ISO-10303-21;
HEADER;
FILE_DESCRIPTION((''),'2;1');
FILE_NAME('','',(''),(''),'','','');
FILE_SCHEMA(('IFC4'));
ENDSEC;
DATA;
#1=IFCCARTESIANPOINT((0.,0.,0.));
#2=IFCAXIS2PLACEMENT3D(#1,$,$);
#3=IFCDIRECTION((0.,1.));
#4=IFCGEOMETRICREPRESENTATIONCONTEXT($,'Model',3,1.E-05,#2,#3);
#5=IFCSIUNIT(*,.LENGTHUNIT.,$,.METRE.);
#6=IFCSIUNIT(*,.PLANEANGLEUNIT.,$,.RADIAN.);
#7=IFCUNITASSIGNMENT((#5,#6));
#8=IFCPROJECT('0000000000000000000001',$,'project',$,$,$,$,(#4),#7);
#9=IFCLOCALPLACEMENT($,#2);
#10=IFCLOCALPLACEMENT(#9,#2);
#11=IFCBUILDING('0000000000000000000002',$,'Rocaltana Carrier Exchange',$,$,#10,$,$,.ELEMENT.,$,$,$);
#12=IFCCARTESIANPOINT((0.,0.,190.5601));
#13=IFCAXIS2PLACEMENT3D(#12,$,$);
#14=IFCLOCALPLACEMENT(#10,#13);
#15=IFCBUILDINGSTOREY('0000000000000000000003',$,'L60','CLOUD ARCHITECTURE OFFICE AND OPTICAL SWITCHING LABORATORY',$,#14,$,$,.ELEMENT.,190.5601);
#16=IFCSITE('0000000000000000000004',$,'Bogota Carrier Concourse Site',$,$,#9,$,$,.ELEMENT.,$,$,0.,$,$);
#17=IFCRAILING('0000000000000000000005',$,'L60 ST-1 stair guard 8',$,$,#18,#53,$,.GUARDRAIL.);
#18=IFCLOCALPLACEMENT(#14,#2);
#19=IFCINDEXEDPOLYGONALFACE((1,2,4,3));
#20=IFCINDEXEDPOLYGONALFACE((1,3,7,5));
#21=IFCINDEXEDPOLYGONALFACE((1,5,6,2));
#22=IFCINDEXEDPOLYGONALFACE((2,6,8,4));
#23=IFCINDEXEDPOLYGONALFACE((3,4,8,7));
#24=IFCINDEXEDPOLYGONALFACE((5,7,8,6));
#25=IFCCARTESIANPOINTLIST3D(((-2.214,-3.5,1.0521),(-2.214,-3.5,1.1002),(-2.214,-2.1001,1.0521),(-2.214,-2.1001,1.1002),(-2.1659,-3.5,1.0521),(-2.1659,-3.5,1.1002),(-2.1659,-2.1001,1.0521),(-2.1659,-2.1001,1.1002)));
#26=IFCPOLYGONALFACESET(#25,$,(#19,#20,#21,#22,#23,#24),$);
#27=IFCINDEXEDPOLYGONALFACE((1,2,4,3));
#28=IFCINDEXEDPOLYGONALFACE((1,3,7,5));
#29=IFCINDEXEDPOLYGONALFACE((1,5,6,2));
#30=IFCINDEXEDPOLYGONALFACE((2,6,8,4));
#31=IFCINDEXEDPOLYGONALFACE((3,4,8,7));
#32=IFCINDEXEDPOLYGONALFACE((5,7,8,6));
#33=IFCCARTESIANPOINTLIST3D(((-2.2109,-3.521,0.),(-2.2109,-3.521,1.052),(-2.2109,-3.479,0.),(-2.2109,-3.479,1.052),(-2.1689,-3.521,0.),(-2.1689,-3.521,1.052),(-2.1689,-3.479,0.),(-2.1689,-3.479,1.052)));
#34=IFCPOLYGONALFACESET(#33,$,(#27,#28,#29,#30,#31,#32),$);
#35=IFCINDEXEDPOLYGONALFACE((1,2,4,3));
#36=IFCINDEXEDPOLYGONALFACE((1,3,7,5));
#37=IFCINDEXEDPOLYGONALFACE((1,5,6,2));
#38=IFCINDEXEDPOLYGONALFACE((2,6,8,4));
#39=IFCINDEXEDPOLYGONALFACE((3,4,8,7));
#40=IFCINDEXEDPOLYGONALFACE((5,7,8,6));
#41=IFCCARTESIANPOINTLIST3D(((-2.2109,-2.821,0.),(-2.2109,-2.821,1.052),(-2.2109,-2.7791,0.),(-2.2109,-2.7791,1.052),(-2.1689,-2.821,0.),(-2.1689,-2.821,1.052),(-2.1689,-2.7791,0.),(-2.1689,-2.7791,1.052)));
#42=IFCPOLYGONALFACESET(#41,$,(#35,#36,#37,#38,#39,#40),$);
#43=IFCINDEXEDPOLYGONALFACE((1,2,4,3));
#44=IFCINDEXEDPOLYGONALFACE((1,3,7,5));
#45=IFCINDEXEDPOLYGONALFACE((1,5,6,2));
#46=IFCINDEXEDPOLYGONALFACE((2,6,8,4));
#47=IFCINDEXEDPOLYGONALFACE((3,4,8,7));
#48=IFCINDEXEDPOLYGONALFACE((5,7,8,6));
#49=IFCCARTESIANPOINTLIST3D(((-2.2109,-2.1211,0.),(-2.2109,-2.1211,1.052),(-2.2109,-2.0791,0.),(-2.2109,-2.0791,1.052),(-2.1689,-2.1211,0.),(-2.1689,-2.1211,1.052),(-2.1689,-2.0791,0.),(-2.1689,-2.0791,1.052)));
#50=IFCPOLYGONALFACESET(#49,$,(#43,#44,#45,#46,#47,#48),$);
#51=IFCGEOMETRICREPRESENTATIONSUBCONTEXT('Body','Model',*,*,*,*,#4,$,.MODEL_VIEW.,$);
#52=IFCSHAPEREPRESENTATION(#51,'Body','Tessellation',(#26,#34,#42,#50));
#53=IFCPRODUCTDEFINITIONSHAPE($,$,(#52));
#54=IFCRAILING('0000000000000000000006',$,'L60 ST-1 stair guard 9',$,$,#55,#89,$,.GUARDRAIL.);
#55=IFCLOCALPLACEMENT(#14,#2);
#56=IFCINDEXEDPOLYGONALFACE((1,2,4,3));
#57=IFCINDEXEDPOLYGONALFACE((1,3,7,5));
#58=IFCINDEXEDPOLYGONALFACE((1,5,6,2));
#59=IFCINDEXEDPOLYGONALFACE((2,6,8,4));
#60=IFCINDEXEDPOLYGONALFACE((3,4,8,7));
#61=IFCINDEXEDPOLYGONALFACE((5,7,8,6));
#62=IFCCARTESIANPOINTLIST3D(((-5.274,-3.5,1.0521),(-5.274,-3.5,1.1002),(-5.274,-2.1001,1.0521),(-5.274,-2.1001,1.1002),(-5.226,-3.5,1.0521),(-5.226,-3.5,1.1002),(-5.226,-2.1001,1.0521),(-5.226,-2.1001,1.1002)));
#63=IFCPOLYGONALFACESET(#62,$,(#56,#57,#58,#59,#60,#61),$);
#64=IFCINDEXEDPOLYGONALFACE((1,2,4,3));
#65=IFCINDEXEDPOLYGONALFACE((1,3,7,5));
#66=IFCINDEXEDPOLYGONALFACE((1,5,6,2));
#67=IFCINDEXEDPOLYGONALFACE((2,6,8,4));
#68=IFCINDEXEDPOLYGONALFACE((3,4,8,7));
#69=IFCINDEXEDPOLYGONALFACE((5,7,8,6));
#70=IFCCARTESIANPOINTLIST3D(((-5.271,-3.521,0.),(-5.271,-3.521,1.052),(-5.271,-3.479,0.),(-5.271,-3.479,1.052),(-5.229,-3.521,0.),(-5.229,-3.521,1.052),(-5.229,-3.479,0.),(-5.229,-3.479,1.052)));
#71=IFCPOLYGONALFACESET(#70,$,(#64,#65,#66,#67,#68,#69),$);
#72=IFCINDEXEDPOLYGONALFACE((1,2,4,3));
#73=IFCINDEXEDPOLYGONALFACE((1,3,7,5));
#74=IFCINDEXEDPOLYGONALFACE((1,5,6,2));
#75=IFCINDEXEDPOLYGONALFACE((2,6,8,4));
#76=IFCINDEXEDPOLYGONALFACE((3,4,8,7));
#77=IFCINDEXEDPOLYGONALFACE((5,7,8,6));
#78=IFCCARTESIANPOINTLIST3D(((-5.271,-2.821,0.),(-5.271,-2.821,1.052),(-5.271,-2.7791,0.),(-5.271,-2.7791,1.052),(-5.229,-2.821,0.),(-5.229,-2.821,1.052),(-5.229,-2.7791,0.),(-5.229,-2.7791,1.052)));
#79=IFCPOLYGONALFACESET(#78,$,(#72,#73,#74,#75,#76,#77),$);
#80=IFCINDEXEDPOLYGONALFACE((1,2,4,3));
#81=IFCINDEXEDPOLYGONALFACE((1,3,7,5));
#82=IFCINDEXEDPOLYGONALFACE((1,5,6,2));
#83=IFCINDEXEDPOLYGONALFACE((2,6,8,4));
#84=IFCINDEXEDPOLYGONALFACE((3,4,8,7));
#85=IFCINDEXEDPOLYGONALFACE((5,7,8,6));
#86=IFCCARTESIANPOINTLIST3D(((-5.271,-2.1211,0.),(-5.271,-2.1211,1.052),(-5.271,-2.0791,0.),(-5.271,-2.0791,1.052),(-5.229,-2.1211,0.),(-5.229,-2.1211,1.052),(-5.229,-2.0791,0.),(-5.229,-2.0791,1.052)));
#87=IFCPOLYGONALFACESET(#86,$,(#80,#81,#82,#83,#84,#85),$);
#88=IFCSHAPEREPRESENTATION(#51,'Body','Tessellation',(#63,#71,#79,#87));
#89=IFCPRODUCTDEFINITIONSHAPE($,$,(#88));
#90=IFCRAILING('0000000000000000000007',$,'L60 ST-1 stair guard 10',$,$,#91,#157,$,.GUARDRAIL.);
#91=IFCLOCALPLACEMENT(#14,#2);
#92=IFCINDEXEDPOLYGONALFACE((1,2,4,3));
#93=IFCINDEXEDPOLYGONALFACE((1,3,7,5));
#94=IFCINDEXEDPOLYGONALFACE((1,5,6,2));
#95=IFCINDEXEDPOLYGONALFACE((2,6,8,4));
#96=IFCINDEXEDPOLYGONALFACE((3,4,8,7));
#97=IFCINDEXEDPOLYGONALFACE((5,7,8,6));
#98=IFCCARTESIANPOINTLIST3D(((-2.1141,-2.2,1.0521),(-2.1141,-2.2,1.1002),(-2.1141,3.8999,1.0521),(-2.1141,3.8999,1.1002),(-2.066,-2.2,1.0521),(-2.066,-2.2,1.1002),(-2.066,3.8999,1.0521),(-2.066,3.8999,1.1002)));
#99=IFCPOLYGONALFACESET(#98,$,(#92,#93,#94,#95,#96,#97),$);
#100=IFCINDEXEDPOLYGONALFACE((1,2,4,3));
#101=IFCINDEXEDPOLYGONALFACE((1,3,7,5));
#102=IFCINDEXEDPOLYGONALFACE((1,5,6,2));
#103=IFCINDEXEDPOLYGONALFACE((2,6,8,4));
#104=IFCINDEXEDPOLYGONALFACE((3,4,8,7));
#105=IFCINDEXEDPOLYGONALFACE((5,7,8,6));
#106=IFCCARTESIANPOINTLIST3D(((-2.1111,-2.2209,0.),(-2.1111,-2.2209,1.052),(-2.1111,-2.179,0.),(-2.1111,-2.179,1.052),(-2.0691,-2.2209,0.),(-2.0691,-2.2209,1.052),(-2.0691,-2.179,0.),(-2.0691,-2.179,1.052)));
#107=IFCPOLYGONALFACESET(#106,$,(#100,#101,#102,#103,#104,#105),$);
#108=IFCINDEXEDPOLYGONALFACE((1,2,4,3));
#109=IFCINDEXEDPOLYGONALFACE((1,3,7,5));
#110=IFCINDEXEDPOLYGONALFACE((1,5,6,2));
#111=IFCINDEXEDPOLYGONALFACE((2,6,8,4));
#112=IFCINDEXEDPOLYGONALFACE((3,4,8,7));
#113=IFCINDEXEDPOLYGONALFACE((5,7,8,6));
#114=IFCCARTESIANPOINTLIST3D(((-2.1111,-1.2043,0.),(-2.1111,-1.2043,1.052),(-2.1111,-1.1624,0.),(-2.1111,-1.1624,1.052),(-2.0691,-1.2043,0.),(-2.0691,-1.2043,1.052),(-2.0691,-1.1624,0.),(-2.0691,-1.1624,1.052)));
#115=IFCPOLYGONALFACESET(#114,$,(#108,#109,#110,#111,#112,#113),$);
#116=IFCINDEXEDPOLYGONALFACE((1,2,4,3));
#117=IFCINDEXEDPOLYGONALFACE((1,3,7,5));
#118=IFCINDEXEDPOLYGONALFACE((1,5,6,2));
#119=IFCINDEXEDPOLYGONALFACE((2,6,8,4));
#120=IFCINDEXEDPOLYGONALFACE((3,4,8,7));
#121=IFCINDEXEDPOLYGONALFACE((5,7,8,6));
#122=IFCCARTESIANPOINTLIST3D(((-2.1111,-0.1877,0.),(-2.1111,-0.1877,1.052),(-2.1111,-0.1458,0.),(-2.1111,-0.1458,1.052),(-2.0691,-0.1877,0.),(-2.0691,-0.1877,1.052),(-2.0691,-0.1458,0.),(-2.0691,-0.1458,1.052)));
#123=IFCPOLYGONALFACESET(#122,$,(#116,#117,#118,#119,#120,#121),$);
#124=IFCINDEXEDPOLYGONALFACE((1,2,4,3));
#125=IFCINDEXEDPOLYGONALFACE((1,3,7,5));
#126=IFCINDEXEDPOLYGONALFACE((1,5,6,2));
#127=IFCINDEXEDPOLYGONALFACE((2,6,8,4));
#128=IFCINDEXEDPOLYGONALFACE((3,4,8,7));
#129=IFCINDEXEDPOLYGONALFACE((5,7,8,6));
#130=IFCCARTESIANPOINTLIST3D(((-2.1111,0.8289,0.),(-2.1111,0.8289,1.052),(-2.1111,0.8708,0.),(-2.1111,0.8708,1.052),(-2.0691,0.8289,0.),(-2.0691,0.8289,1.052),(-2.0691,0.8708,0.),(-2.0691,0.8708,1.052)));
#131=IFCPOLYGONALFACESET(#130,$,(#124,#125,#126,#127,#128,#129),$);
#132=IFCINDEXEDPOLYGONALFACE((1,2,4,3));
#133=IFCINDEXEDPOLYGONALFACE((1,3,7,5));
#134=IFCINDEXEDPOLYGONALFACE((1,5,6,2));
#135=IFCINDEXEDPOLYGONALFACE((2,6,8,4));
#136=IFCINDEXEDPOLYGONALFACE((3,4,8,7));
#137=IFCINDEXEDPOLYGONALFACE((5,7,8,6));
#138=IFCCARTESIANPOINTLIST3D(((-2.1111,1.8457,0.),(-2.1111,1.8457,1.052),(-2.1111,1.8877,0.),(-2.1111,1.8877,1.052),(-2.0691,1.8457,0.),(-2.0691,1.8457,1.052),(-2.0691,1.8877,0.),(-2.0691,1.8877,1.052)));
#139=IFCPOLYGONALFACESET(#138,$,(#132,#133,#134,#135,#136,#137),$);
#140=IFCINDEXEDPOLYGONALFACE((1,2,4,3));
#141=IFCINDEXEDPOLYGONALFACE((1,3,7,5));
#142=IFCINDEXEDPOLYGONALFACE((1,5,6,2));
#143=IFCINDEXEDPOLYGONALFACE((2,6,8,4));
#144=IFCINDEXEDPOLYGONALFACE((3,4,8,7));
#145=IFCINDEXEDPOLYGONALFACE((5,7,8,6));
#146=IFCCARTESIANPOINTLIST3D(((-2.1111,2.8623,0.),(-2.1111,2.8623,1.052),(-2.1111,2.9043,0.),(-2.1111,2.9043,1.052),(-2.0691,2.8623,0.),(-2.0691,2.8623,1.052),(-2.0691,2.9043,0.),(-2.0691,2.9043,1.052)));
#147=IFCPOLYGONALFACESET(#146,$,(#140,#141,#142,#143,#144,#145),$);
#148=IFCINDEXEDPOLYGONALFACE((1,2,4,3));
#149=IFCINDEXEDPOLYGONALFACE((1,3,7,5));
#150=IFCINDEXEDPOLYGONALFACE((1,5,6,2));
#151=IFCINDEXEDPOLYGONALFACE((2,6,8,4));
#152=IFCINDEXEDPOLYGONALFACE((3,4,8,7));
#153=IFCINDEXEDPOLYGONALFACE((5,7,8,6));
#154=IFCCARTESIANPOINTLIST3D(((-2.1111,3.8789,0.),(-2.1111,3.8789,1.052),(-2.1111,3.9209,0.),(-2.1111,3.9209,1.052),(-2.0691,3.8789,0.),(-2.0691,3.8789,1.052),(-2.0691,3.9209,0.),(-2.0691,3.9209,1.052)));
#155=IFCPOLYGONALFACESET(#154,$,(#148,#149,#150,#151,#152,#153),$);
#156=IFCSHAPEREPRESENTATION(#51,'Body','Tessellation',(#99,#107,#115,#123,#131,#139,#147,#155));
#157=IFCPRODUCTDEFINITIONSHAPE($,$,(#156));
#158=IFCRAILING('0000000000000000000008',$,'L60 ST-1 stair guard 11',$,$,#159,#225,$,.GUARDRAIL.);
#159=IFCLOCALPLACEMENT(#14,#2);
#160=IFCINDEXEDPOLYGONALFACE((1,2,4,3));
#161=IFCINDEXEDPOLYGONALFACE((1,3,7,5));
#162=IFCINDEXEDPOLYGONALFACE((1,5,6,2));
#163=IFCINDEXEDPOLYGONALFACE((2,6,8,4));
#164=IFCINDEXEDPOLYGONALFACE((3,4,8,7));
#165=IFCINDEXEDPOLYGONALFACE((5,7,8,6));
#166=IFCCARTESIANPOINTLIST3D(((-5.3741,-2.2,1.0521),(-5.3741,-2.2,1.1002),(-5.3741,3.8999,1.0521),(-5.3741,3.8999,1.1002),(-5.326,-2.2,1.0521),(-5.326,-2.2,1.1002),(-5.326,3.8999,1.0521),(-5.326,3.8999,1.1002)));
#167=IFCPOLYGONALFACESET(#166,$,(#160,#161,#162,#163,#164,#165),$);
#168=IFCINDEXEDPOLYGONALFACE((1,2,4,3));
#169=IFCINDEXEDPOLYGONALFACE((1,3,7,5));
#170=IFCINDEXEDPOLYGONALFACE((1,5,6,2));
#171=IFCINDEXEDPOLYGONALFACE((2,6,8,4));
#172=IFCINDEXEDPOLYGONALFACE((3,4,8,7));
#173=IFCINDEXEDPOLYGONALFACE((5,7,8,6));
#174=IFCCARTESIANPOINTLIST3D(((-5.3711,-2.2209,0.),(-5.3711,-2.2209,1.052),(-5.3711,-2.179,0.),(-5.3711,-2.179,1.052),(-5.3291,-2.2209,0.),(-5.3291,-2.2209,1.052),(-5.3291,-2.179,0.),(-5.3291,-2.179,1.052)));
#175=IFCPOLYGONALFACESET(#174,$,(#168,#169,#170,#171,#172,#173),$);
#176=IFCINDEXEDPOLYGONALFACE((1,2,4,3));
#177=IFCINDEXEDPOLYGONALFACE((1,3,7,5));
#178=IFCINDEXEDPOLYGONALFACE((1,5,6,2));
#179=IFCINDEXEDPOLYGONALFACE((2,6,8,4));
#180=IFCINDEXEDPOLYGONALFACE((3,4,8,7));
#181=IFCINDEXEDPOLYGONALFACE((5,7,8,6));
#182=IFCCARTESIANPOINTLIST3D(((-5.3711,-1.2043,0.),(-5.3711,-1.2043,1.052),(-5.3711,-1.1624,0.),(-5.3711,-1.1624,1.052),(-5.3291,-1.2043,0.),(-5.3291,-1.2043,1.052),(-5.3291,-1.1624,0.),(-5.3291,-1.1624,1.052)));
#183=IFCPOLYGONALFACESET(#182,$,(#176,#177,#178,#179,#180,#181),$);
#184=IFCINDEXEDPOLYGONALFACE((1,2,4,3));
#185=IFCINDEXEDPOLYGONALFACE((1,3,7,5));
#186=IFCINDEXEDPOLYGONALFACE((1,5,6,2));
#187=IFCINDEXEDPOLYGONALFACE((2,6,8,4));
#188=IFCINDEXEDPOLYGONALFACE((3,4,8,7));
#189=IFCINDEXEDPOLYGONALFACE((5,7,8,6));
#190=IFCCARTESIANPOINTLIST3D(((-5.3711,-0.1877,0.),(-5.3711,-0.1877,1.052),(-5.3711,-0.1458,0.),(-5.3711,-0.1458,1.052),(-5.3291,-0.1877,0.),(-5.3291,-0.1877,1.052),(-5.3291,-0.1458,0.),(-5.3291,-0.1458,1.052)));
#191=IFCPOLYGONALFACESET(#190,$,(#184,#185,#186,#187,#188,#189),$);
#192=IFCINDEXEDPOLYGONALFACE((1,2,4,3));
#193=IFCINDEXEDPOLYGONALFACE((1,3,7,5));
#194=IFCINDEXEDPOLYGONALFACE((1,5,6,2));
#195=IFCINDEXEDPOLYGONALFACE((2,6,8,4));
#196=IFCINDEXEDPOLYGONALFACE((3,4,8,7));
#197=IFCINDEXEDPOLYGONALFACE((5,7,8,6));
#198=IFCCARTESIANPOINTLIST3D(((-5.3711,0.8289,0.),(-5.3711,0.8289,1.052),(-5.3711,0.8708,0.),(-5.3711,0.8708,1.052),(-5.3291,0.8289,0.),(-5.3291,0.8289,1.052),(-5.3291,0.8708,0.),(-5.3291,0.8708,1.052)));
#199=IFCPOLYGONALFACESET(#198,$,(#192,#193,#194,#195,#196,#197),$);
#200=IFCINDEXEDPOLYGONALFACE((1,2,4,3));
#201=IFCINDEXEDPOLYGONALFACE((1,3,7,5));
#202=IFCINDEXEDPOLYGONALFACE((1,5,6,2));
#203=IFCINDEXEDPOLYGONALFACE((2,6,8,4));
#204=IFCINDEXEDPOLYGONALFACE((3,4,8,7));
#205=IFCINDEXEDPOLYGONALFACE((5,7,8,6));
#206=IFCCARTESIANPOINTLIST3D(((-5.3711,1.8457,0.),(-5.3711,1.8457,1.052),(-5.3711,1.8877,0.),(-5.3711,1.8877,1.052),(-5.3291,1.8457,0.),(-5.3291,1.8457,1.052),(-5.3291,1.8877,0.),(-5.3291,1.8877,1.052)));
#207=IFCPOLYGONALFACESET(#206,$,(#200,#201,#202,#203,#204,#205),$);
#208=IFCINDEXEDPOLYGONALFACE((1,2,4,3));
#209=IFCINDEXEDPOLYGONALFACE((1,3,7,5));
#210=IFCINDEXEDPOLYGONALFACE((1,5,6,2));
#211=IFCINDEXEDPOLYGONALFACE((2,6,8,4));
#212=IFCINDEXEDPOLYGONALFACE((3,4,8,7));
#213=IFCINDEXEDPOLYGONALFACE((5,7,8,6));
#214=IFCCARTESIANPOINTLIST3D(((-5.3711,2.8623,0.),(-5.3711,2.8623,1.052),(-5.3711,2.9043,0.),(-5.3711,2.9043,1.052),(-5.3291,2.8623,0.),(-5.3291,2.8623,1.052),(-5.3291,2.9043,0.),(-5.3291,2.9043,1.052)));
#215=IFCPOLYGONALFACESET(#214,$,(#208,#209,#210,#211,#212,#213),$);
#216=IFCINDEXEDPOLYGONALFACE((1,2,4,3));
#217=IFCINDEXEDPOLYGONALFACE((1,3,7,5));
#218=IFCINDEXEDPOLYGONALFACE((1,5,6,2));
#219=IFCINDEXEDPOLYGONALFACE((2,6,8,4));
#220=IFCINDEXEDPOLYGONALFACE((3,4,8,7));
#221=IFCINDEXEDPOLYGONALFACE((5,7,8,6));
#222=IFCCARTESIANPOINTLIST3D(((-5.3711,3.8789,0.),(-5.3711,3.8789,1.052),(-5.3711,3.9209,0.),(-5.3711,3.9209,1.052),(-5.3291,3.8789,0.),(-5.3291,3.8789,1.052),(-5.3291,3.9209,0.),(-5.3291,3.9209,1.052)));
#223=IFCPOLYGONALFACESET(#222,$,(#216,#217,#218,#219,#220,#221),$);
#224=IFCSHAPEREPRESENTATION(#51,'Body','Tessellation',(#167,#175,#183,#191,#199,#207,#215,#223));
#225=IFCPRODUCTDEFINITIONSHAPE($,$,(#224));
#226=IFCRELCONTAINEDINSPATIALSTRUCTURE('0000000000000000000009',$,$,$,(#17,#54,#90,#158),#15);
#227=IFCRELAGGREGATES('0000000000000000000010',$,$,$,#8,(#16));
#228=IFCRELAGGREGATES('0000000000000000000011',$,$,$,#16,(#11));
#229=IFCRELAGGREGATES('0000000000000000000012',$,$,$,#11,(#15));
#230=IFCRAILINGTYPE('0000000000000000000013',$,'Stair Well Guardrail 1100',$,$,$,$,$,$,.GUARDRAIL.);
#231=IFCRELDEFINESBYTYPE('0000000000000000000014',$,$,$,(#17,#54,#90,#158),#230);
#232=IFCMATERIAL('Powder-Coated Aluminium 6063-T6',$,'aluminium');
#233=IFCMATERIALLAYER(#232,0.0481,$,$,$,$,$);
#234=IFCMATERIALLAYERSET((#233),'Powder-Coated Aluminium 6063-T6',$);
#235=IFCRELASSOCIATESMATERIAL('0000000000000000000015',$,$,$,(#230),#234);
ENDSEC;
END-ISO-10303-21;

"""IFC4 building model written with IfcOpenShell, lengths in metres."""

from ifc_helpers import new_model, si_unit, direction, frame, origin, origin_2d, place, context, subcontext, project, spatial, rectangle, extrude, material, layer, layer_set, type_object, element, save


model = new_model("IFC4")

# Units and contexts
model_context = context("Model", 3, precision=1e-05, world=origin(), true_north=direction((0.0, 1.0)))
body_context = subcontext(model_context, "Body", "Model", "MODEL_VIEW")
ifc_project = project(units=[si_unit("LENGTHUNIT", "METRE"), si_unit("PLANEANGLEUNIT", "RADIAN")], contexts=[model_context])

# Site, building, storey
site_placement = place(None, origin())
site = spatial("IfcSite", under=ifc_project, at=site_placement, Name="Bogota Carrier Concourse Site", CompositionType="ELEMENT", RefElevation=0.0)
building_placement = place(site_placement, origin())
building = spatial("IfcBuilding", under=site, at=building_placement, Name="Rocaltana Carrier Exchange", CompositionType="ELEMENT")
storey_placement = place(building_placement, frame((0.0, 0.0, 190.5601)))
storey = spatial("IfcBuildingStorey", under=building, at=storey_placement, Name="L60", Description="CLOUD ARCHITECTURE OFFICE AND OPTICAL SWITCHING LABORATORY", CompositionType="ELEMENT", Elevation=190.5601)

# Railings
ifc_material_1 = material(Name="Powder-Coated Aluminium 6063-T6", Category="aluminium")
ifc_layer_1 = layer(ifc_material_1, 0.0481)
ifc_layer_set_1 = layer_set([ifc_layer_1], Name="Powder-Coated Aluminium 6063-T6")
railing_type_1 = type_object("IfcRailingType", Name="Stair Well Guardrail 1100", PredefinedType="GUARDRAIL", material=ifc_layer_set_1)
for number, where, name in (
    (1, (-2.1899, -3.5, 0.0), "L60 ST-1 stair guard 8"),
    (2, (-5.25, -3.5, 0.0), "L60 ST-1 stair guard 9"),
):
    element("IfcRailing", number, at=place(storey_placement, frame(where)), inside=storey, type_object=railing_type_1, Name=name, PredefinedType="GUARDRAIL", context=body_context, shape_type="SweptSolid", body=[
        extrude(rectangle(XDim=0.0481, YDim=0.0481, at=origin_2d()), frame((0.0, 0.0, 1.0762), z_axis=(0.0, 1.0, 0.0), x_axis=(-1.0, 0.0, 0.0)), (0.0, 0.0, 1.0), 1.3999),
        extrude(rectangle(XDim=0.042, YDim=0.042, at=origin_2d()), origin(), (0.0, 0.0, 1.0), 1.052),
        extrude(rectangle(XDim=0.042, YDim=0.042, at=origin_2d()), frame((0.0, 0.7, 0.0)), (0.0, 0.0, 1.0), 1.052),
        extrude(rectangle(XDim=0.042, YDim=0.042, at=origin_2d()), frame((0.0, 1.3999, 0.0)), (0.0, 0.0, 1.0), 1.052),
    ])
for number, where, name in (
    (3, (-2.0901, -2.2, 0.0), "L60 ST-1 stair guard 10"),
    (4, (-5.3501, -2.2, 0.0), "L60 ST-1 stair guard 11"),
):
    element("IfcRailing", number, at=place(storey_placement, frame(where)), inside=storey, type_object=railing_type_1, Name=name, PredefinedType="GUARDRAIL", context=body_context, shape_type="SweptSolid", body=[
        extrude(rectangle(XDim=0.0481, YDim=0.0481, at=origin_2d()), frame((0.0, 0.0, 1.0762), z_axis=(0.0, 1.0, 0.0), x_axis=(-1.0, 0.0, 0.0)), (0.0, 0.0, 1.0), 6.0999),
        extrude(rectangle(XDim=0.042, YDim=0.042, at=origin_2d()), origin(), (0.0, 0.0, 1.0), 1.052),
        extrude(rectangle(XDim=0.042, YDim=0.042, at=origin_2d()), frame((0.0, 1.0166, 0.0)), (0.0, 0.0, 1.0), 1.052),
        extrude(rectangle(XDim=0.042, YDim=0.042, at=origin_2d()), frame((0.0, 2.0332, 0.0)), (0.0, 0.0, 1.0), 1.052),
        extrude(rectangle(XDim=0.042, YDim=0.042, at=origin_2d()), frame((0.0, 3.0498, 0.0)), (0.0, 0.0, 1.0), 1.052),
        extrude(rectangle(XDim=0.042, YDim=0.042, at=origin_2d()), frame((0.0, 4.0667, 0.0)), (0.0, 0.0, 1.0), 1.052),
        extrude(rectangle(XDim=0.042, YDim=0.042, at=origin_2d()), frame((0.0, 5.0833, 0.0)), (0.0, 0.0, 1.0), 1.052),
        extrude(rectangle(XDim=0.042, YDim=0.042, at=origin_2d()), frame((0.0, 6.0999, 0.0)), (0.0, 0.0, 1.0), 1.052),
    ])

save(model, "model.ifc")
